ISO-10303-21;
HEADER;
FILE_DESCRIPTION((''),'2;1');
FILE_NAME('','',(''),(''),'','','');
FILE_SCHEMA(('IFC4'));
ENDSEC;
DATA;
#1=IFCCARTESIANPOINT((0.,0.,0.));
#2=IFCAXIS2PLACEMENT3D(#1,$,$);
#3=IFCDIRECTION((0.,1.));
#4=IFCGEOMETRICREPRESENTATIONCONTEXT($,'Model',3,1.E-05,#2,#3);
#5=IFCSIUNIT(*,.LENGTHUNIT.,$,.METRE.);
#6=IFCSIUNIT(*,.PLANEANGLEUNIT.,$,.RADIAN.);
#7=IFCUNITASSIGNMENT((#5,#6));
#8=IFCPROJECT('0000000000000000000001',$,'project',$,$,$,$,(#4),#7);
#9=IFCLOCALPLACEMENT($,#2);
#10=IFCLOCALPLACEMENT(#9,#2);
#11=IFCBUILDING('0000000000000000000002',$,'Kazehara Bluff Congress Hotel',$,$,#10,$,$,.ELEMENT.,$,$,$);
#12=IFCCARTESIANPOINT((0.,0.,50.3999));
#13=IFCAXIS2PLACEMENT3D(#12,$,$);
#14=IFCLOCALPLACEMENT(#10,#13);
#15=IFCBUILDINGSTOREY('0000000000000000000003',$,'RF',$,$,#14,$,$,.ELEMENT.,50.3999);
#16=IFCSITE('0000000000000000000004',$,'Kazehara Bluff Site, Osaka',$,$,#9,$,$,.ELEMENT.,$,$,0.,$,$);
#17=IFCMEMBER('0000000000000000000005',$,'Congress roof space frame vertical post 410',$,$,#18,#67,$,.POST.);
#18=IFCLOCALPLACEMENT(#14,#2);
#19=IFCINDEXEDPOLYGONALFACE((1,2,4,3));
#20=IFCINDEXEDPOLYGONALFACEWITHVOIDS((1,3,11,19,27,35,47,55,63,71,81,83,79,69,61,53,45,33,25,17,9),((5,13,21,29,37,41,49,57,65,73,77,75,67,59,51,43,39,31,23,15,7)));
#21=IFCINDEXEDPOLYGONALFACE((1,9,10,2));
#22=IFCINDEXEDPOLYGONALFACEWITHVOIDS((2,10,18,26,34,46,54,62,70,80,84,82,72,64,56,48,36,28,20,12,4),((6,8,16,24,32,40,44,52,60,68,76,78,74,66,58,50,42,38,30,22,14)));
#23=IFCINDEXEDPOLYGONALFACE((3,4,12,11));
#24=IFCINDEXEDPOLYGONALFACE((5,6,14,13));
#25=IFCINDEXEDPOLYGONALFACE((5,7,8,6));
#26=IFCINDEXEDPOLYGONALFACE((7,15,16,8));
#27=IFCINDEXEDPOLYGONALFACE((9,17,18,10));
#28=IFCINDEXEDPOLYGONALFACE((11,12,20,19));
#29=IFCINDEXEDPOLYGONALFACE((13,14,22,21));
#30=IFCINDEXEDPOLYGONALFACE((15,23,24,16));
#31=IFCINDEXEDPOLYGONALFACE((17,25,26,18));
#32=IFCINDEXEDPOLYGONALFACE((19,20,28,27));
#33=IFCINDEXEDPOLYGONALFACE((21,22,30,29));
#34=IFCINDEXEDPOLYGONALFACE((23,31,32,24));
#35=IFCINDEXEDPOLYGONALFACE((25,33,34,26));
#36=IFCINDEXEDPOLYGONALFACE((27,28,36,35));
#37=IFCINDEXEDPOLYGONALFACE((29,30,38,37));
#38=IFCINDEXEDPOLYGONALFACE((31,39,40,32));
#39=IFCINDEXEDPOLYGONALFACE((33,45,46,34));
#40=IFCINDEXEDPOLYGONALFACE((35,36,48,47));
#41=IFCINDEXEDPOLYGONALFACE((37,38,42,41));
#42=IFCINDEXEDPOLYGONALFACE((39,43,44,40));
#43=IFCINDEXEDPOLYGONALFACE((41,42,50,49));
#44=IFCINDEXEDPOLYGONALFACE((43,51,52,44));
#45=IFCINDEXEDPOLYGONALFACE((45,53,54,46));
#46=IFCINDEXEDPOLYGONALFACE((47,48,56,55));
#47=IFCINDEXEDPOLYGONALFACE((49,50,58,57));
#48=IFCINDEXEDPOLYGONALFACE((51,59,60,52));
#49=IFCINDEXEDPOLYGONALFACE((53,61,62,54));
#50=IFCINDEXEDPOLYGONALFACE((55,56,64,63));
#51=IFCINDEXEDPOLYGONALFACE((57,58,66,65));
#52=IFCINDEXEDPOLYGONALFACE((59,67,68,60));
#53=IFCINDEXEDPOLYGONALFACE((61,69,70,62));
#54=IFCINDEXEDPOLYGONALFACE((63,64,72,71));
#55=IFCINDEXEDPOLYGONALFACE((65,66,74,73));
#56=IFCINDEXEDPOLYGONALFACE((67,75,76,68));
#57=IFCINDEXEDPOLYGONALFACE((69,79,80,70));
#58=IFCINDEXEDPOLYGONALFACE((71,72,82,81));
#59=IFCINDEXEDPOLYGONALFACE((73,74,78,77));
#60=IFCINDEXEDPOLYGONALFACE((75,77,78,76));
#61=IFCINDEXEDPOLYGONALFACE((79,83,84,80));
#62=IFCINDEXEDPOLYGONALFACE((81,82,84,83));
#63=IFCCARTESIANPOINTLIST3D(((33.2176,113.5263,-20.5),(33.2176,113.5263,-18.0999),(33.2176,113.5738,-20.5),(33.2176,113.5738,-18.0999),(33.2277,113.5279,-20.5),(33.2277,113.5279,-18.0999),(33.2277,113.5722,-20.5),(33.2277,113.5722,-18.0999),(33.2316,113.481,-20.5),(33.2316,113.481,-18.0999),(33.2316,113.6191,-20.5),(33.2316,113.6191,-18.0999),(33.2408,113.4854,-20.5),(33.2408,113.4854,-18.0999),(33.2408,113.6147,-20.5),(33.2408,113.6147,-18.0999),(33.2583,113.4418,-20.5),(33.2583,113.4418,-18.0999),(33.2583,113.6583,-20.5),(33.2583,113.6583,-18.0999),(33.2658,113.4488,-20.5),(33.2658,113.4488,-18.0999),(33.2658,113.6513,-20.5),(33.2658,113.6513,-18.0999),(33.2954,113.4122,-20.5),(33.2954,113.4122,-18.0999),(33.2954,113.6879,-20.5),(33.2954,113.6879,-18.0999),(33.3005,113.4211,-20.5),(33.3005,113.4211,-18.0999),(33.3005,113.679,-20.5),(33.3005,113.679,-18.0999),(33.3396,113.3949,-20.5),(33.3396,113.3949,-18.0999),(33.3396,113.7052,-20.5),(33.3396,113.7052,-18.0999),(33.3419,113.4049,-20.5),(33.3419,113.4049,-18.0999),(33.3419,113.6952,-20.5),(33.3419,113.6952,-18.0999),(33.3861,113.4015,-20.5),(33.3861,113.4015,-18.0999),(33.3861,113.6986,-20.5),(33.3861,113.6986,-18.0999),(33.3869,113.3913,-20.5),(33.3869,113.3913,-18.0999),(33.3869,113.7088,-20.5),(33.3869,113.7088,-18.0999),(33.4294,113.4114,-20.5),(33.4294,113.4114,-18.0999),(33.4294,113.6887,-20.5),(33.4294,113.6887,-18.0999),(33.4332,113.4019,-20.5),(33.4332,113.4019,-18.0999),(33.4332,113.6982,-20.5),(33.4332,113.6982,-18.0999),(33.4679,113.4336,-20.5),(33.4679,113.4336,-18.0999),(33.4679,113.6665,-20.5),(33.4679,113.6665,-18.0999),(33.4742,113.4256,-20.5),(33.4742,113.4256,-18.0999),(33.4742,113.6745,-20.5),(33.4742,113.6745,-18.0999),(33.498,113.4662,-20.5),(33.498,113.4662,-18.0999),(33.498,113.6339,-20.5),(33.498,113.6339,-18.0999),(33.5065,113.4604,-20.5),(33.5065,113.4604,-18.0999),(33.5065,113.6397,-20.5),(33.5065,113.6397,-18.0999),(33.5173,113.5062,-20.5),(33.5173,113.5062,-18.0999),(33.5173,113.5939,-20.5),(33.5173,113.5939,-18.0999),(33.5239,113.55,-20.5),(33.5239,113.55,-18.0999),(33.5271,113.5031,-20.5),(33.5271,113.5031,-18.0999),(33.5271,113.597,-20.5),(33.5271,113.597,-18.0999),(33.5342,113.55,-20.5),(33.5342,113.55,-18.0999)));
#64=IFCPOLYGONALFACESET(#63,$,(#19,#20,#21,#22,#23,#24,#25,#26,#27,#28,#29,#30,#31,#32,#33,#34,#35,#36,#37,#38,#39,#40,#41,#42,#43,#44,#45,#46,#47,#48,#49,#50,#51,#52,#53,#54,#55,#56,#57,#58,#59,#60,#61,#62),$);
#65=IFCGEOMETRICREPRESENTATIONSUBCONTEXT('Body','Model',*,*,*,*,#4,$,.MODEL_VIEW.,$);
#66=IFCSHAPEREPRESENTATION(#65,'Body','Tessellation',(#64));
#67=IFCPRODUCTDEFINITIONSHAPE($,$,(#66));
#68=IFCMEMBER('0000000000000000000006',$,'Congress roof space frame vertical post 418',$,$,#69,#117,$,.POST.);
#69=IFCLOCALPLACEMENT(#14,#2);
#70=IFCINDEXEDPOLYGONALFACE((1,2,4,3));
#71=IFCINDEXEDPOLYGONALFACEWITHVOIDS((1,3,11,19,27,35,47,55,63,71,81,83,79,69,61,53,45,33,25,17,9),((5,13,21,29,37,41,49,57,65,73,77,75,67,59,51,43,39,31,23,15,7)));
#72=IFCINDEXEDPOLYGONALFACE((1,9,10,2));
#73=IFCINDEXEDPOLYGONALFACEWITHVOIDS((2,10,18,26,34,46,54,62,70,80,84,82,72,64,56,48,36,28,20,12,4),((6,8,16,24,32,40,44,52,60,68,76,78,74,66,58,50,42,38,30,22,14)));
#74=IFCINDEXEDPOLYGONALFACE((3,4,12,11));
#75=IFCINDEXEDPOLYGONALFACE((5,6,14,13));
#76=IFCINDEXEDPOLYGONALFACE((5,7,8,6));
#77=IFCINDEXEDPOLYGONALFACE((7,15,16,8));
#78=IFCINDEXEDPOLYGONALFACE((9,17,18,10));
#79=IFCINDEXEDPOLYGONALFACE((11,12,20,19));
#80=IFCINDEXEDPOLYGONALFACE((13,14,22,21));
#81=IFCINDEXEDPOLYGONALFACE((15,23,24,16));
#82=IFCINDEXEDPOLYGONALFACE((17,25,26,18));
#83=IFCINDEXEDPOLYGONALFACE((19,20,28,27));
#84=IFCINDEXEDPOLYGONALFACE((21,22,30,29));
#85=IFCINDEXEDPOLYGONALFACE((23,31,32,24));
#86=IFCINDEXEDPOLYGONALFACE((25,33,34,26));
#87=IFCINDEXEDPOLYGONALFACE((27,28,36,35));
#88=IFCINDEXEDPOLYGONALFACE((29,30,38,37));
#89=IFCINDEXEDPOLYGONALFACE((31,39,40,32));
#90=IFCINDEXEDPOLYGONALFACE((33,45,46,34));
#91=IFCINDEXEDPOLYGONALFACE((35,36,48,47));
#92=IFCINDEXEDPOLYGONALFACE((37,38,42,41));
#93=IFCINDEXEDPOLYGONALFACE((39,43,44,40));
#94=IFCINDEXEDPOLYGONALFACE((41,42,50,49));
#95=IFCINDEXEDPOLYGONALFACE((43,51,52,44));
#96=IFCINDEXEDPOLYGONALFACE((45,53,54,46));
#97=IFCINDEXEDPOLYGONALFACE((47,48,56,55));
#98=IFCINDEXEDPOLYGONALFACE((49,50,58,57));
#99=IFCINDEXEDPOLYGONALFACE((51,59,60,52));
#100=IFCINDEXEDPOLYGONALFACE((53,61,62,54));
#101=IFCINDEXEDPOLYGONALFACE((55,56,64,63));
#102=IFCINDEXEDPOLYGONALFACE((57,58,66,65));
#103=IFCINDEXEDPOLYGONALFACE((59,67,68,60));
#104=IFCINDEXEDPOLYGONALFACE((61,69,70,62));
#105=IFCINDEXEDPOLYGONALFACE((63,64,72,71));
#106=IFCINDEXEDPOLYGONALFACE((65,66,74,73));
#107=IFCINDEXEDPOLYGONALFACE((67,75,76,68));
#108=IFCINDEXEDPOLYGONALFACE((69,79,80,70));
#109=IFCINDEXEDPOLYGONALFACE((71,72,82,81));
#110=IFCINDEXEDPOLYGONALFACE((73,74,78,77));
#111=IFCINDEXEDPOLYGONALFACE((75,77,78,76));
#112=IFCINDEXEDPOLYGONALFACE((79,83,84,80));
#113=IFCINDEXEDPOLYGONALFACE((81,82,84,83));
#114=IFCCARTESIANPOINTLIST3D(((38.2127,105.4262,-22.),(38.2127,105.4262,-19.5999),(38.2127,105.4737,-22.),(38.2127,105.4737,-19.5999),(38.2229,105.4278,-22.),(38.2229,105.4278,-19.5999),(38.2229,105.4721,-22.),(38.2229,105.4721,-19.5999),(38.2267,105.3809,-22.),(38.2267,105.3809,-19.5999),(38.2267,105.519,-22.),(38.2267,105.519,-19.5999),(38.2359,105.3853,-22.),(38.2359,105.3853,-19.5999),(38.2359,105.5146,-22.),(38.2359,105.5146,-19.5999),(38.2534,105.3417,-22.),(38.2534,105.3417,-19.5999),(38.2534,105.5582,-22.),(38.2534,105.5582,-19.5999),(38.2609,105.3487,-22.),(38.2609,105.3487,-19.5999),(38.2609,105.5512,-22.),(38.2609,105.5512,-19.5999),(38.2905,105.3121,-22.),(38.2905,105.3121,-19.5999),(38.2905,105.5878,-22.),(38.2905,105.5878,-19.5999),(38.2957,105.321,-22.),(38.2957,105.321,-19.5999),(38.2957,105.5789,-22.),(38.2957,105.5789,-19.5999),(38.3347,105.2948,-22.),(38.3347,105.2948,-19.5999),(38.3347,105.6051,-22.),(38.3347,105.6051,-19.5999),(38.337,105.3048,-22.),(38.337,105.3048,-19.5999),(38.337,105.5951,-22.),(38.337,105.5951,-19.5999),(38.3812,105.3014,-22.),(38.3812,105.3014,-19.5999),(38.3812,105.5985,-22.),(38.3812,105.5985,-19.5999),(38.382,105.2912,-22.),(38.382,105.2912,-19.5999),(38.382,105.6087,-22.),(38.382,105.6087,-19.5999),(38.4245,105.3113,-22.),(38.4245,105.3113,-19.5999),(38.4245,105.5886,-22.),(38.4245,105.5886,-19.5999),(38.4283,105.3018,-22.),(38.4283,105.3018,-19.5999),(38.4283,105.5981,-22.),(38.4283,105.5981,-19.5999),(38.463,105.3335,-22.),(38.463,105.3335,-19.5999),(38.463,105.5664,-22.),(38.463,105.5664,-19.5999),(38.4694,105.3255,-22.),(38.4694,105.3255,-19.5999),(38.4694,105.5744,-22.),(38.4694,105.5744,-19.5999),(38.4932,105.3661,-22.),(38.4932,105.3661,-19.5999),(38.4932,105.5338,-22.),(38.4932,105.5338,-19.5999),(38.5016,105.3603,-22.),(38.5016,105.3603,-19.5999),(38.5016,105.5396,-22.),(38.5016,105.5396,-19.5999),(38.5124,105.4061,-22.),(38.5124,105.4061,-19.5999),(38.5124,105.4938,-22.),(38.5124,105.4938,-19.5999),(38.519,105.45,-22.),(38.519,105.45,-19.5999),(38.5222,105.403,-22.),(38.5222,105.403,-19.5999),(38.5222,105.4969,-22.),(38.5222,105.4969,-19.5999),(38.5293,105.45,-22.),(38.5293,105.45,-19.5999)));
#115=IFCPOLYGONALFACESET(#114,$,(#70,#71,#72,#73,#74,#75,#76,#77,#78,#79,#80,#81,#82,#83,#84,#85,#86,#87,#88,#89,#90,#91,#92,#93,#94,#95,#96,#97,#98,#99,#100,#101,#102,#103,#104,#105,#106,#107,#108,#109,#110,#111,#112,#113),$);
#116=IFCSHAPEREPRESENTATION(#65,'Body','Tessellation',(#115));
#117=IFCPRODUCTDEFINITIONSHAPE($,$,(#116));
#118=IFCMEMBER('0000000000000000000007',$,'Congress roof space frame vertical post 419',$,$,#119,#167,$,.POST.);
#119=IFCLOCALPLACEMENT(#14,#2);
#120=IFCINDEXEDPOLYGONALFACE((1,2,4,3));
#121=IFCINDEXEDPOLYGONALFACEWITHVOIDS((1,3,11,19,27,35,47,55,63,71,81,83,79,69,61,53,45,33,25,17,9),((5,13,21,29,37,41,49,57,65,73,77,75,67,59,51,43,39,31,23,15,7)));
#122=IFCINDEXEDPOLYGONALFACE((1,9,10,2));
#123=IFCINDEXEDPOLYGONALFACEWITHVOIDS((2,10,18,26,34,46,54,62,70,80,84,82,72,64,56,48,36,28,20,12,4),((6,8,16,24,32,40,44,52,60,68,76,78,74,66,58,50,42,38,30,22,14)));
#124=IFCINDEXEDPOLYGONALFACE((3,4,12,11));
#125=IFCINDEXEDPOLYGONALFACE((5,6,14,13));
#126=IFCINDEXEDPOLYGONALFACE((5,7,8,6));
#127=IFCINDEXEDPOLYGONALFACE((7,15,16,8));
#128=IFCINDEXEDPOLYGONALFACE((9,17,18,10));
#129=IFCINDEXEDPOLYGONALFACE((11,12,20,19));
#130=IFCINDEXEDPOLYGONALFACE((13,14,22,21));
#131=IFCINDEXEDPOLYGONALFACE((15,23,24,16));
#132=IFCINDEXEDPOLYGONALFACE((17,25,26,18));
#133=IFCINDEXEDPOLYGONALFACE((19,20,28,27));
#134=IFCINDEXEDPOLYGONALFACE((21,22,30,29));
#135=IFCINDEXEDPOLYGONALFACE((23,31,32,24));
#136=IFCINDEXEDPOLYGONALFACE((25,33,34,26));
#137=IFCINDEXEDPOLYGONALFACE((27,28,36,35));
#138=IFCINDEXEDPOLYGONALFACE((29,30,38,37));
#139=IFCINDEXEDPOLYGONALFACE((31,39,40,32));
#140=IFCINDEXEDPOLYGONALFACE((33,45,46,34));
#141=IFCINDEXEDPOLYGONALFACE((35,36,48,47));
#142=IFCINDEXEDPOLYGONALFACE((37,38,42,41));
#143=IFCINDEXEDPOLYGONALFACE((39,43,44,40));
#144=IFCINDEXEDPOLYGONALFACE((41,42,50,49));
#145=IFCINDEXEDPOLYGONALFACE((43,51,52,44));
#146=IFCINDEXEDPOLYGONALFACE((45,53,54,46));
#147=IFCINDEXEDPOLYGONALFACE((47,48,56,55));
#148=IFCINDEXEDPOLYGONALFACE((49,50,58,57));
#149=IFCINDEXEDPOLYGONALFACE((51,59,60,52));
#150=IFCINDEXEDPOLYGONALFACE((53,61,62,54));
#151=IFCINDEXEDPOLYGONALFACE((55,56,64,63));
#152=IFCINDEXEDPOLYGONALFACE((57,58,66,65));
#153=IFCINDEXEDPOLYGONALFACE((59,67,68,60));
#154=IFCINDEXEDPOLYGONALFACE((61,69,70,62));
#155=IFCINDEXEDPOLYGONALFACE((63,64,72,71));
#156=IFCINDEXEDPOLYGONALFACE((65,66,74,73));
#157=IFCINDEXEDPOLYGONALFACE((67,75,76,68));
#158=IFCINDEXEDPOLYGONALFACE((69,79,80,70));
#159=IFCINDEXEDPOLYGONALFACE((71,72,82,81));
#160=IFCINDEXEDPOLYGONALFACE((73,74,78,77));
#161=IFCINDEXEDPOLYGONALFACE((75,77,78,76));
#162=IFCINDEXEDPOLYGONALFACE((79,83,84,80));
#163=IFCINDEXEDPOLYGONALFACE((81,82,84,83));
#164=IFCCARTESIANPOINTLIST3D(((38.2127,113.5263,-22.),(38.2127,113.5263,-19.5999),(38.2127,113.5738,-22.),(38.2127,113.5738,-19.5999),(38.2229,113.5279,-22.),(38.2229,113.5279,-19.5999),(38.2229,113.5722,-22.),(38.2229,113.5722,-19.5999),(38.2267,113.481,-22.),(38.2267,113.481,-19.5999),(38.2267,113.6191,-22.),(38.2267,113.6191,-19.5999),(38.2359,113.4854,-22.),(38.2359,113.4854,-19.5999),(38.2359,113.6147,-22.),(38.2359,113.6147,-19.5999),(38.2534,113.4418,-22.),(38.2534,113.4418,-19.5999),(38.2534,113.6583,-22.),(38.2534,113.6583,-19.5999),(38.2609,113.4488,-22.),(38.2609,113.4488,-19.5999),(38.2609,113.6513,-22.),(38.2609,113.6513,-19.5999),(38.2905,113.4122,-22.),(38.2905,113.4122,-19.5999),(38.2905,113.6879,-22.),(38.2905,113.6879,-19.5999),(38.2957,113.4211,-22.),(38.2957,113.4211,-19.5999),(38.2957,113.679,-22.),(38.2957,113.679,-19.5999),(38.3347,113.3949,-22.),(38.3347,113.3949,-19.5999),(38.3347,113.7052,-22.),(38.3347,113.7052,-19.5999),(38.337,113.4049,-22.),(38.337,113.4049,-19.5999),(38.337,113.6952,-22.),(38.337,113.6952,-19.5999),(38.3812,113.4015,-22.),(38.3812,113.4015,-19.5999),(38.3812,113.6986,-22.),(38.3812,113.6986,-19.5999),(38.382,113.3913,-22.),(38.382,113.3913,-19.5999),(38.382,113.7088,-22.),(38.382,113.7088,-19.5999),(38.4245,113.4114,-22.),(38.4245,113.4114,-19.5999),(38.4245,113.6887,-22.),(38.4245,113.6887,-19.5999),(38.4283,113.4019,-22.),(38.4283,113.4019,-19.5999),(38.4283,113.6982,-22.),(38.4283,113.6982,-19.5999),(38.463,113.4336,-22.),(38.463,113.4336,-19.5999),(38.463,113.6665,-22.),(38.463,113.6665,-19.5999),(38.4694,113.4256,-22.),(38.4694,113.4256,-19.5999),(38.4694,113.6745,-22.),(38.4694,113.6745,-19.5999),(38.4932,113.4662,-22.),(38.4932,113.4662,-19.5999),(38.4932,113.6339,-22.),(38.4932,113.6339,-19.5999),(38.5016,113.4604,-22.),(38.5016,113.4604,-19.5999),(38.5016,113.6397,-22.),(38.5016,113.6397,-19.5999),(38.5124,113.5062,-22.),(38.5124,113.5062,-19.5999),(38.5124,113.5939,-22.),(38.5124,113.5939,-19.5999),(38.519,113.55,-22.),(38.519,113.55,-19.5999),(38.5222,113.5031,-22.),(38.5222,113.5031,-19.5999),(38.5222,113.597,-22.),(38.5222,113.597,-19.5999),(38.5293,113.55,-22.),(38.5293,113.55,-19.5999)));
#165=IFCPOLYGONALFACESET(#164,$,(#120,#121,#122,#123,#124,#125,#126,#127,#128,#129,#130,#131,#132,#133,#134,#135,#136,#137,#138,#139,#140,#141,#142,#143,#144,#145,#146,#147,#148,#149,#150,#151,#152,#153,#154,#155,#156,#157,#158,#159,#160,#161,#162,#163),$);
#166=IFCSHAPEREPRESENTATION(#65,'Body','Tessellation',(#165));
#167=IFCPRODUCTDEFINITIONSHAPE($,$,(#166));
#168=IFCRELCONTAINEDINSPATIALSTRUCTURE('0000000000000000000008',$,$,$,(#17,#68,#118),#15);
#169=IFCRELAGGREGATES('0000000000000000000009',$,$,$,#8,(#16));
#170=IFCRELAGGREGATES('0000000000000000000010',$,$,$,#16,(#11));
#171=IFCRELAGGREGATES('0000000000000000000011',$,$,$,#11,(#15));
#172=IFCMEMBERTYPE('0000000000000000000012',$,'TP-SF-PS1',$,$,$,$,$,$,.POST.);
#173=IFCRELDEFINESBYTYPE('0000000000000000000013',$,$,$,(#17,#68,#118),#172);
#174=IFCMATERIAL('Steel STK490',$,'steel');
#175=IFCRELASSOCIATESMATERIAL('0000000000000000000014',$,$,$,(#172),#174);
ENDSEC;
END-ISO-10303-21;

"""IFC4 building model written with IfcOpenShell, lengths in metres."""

from ifc_helpers import new_model, si_unit, direction, frame, origin, origin_2d, place, context, subcontext, project, spatial, hollow_circle, extrude, material, material_profile, profile_set, type_object, element, save


model = new_model("IFC4")

# Units and contexts
model_context = context("Model", 3, precision=1e-05, world=origin(), true_north=direction((0.0, 1.0)))
body_context = subcontext(model_context, "Body", "Model", "MODEL_VIEW")
ifc_project = project(units=[si_unit("LENGTHUNIT", "METRE"), si_unit("PLANEANGLEUNIT", "RADIAN")], contexts=[model_context])

# Site, building, storey
site_placement = place(None, origin())
site = spatial("IfcSite", under=ifc_project, at=site_placement, Name="Kazehara Bluff Site, Osaka", CompositionType="ELEMENT", RefElevation=0.0)
building_placement = place(site_placement, origin())
building = spatial("IfcBuilding", under=site, at=building_placement, Name="Kazehara Bluff Congress Hotel", CompositionType="ELEMENT")
storey_placement = place(building_placement, frame((0.0, 0.0, 50.3999)))
storey = spatial("IfcBuildingStorey", under=building, at=storey_placement, Name="RF", CompositionType="ELEMENT", Elevation=50.3999)

# Members
ifc_material_1 = material(Name="Steel STK490", Category="steel")
ifc_material_profile_1 = material_profile(ifc_material_1, hollow_circle(Radius=0.1592, WallThickness=0.0103, at=origin_2d()))
ifc_profile_set_1 = profile_set([ifc_material_profile_1], Name="Steel STK490")
member_type_1 = type_object("IfcMemberType", Name="TP-SF-PS1", PredefinedType="POST", material=ifc_profile_set_1)
for number, where, z_axis, x_axis, name in (
    (1, (33.375, 113.55, -20.5), (0.0, 0.0, 1.0), (1.0, 0.0, 0.0), "Congress roof space frame vertical post 410"),
    (2, (38.3701, 105.45, -22.0), (0.0, 0.0, 1.0), (1.0, 0.0, 0.0), "Congress roof space frame vertical post 418"),
    (3, (38.3701, 113.55, -22.0), (0.0, 0.0, 1.0), (1.0, 0.0, 0.0), "Congress roof space frame vertical post 419"),
):
    element("IfcMember", number, at=place(storey_placement, frame(where, z_axis=z_axis, x_axis=x_axis)), inside=storey, type_object=member_type_1, Name=name, PredefinedType="POST", context=body_context, shape_type="SweptSolid", body=[
        extrude(hollow_circle(Radius=0.1592, WallThickness=0.0103, at=origin_2d()), origin(), (0.0, 0.0, 1.0), 2.4001),
    ])

save(model, "model.ifc")
